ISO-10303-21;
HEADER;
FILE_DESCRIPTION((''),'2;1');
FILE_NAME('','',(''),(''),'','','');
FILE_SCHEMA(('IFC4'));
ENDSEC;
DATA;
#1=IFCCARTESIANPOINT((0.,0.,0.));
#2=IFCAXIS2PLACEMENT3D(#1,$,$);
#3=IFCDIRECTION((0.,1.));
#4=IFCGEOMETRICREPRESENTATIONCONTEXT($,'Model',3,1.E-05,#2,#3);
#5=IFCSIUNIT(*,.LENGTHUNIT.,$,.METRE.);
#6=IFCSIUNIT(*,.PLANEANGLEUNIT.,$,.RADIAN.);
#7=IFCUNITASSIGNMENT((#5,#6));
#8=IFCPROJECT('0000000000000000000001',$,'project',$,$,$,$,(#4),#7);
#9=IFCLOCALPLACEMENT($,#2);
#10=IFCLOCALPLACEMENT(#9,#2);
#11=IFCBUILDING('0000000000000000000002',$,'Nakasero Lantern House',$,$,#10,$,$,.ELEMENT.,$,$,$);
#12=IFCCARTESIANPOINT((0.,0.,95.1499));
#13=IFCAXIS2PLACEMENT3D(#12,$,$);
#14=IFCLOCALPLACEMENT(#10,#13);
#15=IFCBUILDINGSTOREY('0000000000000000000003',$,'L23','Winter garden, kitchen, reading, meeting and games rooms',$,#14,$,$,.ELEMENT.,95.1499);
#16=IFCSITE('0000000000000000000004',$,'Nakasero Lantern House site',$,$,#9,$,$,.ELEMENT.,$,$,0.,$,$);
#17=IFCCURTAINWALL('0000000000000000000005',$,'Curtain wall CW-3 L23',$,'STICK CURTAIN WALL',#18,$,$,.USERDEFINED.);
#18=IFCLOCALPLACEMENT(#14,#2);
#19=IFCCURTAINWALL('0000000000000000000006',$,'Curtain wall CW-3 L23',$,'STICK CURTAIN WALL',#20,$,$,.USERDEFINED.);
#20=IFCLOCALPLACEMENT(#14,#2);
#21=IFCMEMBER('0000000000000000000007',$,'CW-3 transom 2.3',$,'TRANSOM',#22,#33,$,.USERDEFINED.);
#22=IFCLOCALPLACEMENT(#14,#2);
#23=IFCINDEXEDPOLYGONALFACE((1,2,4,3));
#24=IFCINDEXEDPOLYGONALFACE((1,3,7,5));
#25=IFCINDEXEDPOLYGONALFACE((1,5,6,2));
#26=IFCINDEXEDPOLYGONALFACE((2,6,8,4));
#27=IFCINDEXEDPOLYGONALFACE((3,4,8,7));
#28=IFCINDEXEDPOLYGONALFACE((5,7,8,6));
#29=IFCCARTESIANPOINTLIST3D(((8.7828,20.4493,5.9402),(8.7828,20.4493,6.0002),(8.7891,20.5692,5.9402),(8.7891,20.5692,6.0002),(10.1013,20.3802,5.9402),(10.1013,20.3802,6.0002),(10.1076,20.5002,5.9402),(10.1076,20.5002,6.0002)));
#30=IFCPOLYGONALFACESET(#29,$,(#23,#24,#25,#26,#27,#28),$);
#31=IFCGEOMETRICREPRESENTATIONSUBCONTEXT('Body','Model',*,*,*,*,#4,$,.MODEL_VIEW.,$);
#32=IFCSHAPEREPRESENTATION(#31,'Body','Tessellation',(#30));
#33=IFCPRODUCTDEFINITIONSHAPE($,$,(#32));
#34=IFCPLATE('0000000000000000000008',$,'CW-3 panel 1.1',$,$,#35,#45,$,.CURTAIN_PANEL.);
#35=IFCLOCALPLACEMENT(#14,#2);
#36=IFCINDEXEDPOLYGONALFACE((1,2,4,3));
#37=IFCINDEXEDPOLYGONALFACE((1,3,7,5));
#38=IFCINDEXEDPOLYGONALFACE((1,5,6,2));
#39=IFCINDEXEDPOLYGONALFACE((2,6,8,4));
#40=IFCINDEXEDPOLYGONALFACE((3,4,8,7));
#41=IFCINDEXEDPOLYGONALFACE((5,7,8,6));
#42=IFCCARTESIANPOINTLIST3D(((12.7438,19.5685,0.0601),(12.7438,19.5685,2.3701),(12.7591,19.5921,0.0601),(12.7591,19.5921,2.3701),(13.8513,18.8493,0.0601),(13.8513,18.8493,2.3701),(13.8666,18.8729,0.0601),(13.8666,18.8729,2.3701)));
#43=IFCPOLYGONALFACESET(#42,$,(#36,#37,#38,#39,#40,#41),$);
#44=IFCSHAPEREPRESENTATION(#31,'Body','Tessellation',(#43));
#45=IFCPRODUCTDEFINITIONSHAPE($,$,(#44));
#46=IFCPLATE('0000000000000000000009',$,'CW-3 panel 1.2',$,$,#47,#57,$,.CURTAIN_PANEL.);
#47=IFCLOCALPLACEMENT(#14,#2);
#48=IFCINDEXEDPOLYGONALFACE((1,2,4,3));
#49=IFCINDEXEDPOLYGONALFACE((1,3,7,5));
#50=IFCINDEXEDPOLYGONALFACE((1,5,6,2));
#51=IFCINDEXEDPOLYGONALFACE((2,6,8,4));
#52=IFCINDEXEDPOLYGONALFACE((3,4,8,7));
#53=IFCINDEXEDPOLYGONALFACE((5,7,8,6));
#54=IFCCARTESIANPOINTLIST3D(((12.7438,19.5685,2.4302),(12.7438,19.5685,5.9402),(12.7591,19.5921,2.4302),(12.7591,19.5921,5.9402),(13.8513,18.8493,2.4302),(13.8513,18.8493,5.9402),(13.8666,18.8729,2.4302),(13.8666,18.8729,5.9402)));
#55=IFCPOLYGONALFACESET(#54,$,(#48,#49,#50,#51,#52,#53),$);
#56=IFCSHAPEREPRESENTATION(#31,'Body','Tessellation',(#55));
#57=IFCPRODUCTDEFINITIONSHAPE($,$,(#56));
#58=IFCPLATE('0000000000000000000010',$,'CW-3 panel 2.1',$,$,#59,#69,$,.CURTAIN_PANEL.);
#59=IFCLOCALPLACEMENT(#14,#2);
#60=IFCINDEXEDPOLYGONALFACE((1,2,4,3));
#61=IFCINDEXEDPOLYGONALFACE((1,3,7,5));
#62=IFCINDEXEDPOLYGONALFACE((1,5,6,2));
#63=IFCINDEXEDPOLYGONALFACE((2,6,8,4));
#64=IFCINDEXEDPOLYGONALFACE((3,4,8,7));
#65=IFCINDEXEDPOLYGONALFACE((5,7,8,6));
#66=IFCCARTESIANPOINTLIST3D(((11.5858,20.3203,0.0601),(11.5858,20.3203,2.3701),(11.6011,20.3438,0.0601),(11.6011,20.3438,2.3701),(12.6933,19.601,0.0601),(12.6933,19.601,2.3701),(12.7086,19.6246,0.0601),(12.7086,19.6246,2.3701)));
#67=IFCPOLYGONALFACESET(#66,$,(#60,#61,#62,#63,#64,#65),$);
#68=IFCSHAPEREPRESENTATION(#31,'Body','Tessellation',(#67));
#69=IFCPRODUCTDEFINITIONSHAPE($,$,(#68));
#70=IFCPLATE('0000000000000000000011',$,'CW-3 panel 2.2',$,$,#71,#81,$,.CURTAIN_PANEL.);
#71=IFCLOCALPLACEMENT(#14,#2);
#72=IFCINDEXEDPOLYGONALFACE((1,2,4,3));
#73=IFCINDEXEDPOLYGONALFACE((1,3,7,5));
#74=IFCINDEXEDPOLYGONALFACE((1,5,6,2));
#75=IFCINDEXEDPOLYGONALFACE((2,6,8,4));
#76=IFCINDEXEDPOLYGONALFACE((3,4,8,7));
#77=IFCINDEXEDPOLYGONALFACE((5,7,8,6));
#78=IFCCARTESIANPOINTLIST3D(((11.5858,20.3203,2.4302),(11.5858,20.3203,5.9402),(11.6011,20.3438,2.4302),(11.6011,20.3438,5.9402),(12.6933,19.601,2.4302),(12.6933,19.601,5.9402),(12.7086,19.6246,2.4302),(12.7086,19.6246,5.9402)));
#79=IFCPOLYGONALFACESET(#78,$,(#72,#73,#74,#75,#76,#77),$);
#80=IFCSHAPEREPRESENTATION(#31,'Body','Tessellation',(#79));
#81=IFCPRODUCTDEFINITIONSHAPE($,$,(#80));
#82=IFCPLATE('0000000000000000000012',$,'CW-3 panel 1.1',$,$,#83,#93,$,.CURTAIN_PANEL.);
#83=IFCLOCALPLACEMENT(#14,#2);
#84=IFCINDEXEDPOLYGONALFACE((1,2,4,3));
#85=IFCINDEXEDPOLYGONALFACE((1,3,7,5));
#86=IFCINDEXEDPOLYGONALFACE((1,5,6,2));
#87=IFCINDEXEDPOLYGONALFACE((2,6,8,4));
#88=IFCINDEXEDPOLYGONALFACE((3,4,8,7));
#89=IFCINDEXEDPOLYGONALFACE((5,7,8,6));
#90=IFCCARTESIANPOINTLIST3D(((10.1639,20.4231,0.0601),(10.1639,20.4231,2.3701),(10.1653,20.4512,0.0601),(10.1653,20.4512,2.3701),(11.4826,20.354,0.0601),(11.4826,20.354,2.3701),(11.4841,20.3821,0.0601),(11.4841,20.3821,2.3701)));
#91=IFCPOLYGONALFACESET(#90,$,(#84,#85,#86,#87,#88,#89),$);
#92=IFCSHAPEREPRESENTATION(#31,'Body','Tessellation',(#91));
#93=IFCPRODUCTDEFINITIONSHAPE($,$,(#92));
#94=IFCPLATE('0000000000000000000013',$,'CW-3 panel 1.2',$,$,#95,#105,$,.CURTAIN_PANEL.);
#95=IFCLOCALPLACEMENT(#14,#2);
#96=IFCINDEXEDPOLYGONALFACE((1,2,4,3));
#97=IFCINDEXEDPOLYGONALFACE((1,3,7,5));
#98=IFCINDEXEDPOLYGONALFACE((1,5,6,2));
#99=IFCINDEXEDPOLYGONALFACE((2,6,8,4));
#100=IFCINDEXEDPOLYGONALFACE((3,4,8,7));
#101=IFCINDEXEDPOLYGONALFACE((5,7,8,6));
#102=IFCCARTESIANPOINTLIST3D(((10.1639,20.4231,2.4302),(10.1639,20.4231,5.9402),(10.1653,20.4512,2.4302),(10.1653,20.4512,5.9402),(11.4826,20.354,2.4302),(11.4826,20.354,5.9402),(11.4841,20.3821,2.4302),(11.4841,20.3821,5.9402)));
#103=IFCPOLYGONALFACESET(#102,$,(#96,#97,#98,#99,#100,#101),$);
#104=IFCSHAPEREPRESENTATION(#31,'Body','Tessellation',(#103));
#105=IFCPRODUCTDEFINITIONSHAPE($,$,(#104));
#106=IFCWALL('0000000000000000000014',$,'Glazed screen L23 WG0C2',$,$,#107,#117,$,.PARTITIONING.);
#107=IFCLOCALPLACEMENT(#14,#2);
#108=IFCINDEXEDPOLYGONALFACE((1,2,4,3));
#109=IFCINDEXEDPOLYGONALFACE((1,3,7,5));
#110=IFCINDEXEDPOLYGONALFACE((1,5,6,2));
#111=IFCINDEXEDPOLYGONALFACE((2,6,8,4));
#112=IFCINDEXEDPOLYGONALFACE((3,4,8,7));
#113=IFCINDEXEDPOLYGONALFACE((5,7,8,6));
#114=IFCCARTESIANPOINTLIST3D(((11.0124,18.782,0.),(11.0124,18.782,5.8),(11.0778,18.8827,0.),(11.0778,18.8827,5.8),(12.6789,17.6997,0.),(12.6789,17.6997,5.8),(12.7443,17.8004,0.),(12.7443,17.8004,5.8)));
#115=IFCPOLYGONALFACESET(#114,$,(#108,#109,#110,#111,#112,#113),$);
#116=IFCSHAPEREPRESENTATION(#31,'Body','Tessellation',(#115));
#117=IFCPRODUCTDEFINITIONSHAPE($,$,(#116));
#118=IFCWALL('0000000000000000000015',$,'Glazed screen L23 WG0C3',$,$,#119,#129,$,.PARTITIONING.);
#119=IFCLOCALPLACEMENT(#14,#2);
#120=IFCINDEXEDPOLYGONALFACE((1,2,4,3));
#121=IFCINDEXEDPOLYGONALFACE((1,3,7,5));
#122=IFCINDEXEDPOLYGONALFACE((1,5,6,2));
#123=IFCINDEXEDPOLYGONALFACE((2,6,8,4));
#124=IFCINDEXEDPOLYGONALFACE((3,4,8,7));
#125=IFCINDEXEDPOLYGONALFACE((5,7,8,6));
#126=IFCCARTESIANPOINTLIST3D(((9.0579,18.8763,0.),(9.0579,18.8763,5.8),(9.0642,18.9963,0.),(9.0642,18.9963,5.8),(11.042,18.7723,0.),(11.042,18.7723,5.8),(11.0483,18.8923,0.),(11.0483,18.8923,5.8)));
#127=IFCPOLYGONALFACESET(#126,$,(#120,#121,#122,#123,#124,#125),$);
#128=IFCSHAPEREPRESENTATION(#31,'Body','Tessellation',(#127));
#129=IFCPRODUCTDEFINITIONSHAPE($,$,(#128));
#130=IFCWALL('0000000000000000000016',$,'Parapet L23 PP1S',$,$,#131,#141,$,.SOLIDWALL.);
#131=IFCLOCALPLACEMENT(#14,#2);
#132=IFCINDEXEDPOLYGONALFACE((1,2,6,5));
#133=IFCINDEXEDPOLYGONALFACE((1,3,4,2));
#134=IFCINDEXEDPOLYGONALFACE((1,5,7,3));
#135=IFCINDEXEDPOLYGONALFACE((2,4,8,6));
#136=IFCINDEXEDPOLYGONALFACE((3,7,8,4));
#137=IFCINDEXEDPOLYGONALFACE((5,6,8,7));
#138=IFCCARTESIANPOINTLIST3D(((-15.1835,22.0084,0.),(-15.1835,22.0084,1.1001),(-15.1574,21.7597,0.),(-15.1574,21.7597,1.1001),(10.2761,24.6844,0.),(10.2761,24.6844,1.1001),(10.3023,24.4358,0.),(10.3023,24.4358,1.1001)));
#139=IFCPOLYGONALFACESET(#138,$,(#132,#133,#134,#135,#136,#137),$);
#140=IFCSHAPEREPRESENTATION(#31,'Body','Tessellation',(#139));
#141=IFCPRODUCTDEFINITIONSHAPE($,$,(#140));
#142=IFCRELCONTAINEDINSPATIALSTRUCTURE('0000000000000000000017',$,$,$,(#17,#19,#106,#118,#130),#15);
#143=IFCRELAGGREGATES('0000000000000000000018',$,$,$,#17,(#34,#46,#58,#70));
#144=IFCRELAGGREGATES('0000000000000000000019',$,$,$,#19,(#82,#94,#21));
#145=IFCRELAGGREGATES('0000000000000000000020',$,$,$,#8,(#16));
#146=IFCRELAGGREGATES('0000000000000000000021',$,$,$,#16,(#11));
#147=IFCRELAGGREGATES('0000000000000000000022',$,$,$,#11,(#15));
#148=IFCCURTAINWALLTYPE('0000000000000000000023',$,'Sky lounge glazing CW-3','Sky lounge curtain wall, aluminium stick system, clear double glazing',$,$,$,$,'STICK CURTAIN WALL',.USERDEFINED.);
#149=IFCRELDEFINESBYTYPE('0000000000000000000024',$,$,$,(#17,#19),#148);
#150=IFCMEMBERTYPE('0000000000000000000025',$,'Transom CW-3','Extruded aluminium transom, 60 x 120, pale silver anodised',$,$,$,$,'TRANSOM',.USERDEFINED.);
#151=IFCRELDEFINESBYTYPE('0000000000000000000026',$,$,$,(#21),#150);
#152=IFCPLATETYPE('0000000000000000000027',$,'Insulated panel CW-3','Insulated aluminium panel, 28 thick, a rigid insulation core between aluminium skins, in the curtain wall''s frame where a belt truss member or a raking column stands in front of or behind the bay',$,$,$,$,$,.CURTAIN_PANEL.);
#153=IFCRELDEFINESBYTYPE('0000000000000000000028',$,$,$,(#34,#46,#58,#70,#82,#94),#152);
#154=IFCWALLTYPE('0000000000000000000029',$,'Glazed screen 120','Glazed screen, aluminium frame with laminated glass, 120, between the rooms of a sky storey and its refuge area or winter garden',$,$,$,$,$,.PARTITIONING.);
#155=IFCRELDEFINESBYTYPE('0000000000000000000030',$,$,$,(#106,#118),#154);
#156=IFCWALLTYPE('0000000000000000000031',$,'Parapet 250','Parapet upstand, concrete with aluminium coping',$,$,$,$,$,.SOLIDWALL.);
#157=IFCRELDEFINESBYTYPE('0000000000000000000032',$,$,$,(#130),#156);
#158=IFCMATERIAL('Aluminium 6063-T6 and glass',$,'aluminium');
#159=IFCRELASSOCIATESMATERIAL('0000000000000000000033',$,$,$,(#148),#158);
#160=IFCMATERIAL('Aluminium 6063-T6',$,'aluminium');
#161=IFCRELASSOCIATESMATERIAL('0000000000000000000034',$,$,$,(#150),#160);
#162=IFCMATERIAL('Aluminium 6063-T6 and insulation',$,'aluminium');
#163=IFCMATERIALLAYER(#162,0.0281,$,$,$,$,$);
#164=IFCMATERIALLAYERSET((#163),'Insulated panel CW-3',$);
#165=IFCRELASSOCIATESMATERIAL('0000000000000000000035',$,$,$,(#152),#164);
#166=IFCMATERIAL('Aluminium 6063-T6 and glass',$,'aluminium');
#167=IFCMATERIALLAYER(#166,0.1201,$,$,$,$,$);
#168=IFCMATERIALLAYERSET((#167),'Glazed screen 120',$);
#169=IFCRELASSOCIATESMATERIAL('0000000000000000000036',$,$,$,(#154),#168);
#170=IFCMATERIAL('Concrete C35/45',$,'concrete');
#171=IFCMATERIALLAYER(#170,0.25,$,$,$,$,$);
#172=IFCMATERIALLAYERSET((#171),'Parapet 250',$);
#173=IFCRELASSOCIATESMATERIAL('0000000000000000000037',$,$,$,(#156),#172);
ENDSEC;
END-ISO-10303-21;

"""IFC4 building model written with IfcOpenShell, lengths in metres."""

from ifc_helpers import new_model, si_unit, direction, frame, frame_2d, origin, origin_2d, place, context, subcontext, project, spatial, rectangle, extrude, material, layer, layer_set, material_profile, profile_set, type_object, element, aggregate, save


model = new_model("IFC4")

# Units and contexts
model_context = context("Model", 3, precision=1e-05, world=origin(), true_north=direction((0.0, 1.0)))
body_context = subcontext(model_context, "Body", "Model", "MODEL_VIEW")
ifc_project = project(units=[si_unit("LENGTHUNIT", "METRE"), si_unit("PLANEANGLEUNIT", "RADIAN")], contexts=[model_context])

# Site, building, storey
site_placement = place(None, origin())
site = spatial("IfcSite", under=ifc_project, at=site_placement, Name="Nakasero Lantern House site", CompositionType="ELEMENT", RefElevation=0.0)
building_placement = place(site_placement, origin())
building = spatial("IfcBuilding", under=site, at=building_placement, Name="Nakasero Lantern House", CompositionType="ELEMENT")
storey_placement = place(building_placement, frame((0.0, 0.0, 95.1499)))
storey = spatial("IfcBuildingStorey", under=building, at=storey_placement, Name="L23", Description="Winter garden, kitchen, reading, meeting and games rooms", CompositionType="ELEMENT", Elevation=95.1499)

# Curtain walls
ifc_material_1 = material(Name="Aluminium 6063-T6 and glass", Category="aluminium")
curtain_wall_type = type_object("IfcCurtainWallType", Name="Sky lounge glazing CW-3", Description="Sky lounge curtain wall, aluminium stick system, clear double glazing", ElementType="STICK CURTAIN WALL", PredefinedType="USERDEFINED", material=ifc_material_1)
curtain_wall_1_placement = place(storey_placement, origin())
curtain_wall_1 = element("IfcCurtainWall", 1, at=curtain_wall_1_placement, inside=storey, type_object=curtain_wall_type, Name="Curtain wall CW-3 L23", ObjectType="STICK CURTAIN WALL", PredefinedType="USERDEFINED")
curtain_wall_2_placement = place(storey_placement, origin())
curtain_wall_2 = element("IfcCurtainWall", 2, at=curtain_wall_2_placement, inside=storey, type_object=curtain_wall_type, Name="Curtain wall CW-3 L23", ObjectType="STICK CURTAIN WALL", PredefinedType="USERDEFINED")

# Member
ifc_material_2 = material(Name="Aluminium 6063-T6", Category="aluminium")
ifc_material_profile_1 = material_profile(ifc_material_2, rectangle(XDim=0.0601, YDim=0.1201, at=origin_2d()), Name="CW-3 transom 60x120")
ifc_profile_set_1 = profile_set([ifc_material_profile_1], Name="Aluminium 6063-T6")
member_type_1 = type_object("IfcMemberType", Name="Transom CW-3", Description="Extruded aluminium transom, 60 x 120, pale silver anodised", ElementType="TRANSOM", PredefinedType="USERDEFINED", material=ifc_profile_set_1)
member_1_placement = place(storey_placement, frame((10.1045, 20.4402, 5.9702), z_axis=(-0.99863, 0.052326, 0.0), x_axis=(0.0, 0.0, 1.0)))
member_1 = element("IfcMember", 3, at=member_1_placement, type_object=member_type_1, Name="CW-3 transom 2.3", ObjectType="TRANSOM", PredefinedType="USERDEFINED", context=body_context, shape_type="SweptSolid", body=[
    extrude(rectangle(XDim=0.0601, YDim=0.1201, at=origin_2d()), origin(), (0.0, 0.0, 1.0), 1.3203),
])

# Plates
ifc_material_3 = material(Name="Aluminium 6063-T6 and insulation", Category="aluminium")
ifc_layer_1 = layer(ifc_material_3, 0.0281)
ifc_layer_set_1 = layer_set([ifc_layer_1], Name="Insulated panel CW-3")
plate_type = type_object("IfcPlateType", Name="Insulated panel CW-3", Description="Insulated aluminium panel, 28 thick, a rigid insulation core between aluminium skins, in the curtain wall's frame where a belt truss member or a raking column stands in front of or behind the bay", PredefinedType="CURTAIN_PANEL", material=ifc_layer_set_1)
plate_1_placement = place(storey_placement, frame((13.3052, 19.2207, 0.0601), z_axis=(0.0, 0.0, 1.0), x_axis=(-0.838671, 0.544639, 0.0)))
plate_1 = element("IfcPlate", 4, at=plate_1_placement, type_object=plate_type, Name="CW-3 panel 1.1", PredefinedType="CURTAIN_PANEL", context=body_context, shape_type="SweptSolid", body=[
    extrude(rectangle(XDim=1.3206, YDim=0.0281, at=origin_2d()), origin(), (0.0, 0.0, 1.0), 2.3101),
])
plate_2_placement = place(storey_placement, frame((13.3052, 19.2207, 2.4302), z_axis=(0.0, 0.0, 1.0), x_axis=(-0.838671, 0.544639, 0.0)))
plate_2 = element("IfcPlate", 5, at=plate_2_placement, type_object=plate_type, Name="CW-3 panel 1.2", PredefinedType="CURTAIN_PANEL", context=body_context, shape_type="SweptSolid", body=[
    extrude(rectangle(XDim=1.3206, YDim=0.0281, at=origin_2d()), origin(), (0.0, 0.0, 1.0), 3.51),
])
plate_3_placement = place(storey_placement, frame((12.1472, 19.9724, 0.0601), z_axis=(0.0, 0.0, 1.0), x_axis=(-0.838671, 0.544639, 0.0)))
plate_3 = element("IfcPlate", 6, at=plate_3_placement, type_object=plate_type, Name="CW-3 panel 2.1", PredefinedType="CURTAIN_PANEL", context=body_context, shape_type="SweptSolid", body=[
    extrude(rectangle(XDim=1.3206, YDim=0.0281, at=origin_2d()), origin(), (0.0, 0.0, 1.0), 2.3101),
])
plate_4_placement = place(storey_placement, frame((12.1472, 19.9724, 2.4302), z_axis=(0.0, 0.0, 1.0), x_axis=(-0.838671, 0.544639, 0.0)))
plate_4 = element("IfcPlate", 7, at=plate_4_placement, type_object=plate_type, Name="CW-3 panel 2.2", PredefinedType="CURTAIN_PANEL", context=body_context, shape_type="SweptSolid", body=[
    extrude(rectangle(XDim=1.3206, YDim=0.0281, at=origin_2d()), origin(), (0.0, 0.0, 1.0), 3.51),
])
aggregate(curtain_wall_1, [plate_1, plate_2, plate_3, plate_4])
plate_5_placement = place(storey_placement, frame((10.824, 20.4026, 0.0601), z_axis=(0.0, 0.0, 1.0), x_axis=(-0.99863, 0.052336, 0.0)))
plate_5 = element("IfcPlate", 8, at=plate_5_placement, type_object=plate_type, Name="CW-3 panel 1.1", PredefinedType="CURTAIN_PANEL", context=body_context, shape_type="SweptSolid", body=[
    extrude(rectangle(XDim=1.3206, YDim=0.0281, at=origin_2d()), origin(), (0.0, 0.0, 1.0), 2.3101),
])
plate_6_placement = place(storey_placement, frame((10.824, 20.4026, 2.4302), z_axis=(0.0, 0.0, 1.0), x_axis=(-0.99863, 0.052336, 0.0)))
plate_6 = element("IfcPlate", 9, at=plate_6_placement, type_object=plate_type, Name="CW-3 panel 1.2", PredefinedType="CURTAIN_PANEL", context=body_context, shape_type="SweptSolid", body=[
    extrude(rectangle(XDim=1.3206, YDim=0.0281, at=origin_2d()), origin(), (0.0, 0.0, 1.0), 3.51),
])
aggregate(curtain_wall_2, [plate_5, plate_6, member_1])

# Walls
ifc_material_4 = material(Name="Aluminium 6063-T6 and glass", Category="aluminium")
ifc_layer_2 = layer(ifc_material_4, 0.1201)
ifc_layer_set_2 = layer_set([ifc_layer_2], Name="Glazed screen 120")
wall_type_1 = type_object("IfcWallType", Name="Glazed screen 120", Description="Glazed screen, aluminium frame with laminated glass, 120, between the rooms of a sky storey and its refuge area or winter garden", PredefinedType="PARTITIONING", material=ifc_layer_set_2)
wall_1_placement = place(storey_placement, frame((12.7117, 17.75, 0.0), z_axis=(0.0, 0.0, 1.0), x_axis=(-0.838662, 0.544651, 0.0)))
element("IfcWall", 10, at=wall_1_placement, inside=storey, type_object=wall_type_1, Name="Glazed screen L23 WG0C2", PredefinedType="PARTITIONING", context=body_context, shape_type="SweptSolid", body=[
    extrude(rectangle(XDim=1.9871, YDim=0.1201, at=frame_2d((0.9937, 0.0))), origin(), (0.0, 0.0, 1.0), 5.8),
])
wall_2_placement = place(storey_placement, frame((11.0452, 18.8323, 0.0), z_axis=(0.0, 0.0, 1.0), x_axis=(-0.998629, 0.052346, 0.0)))
element("IfcWall", 11, at=wall_2_placement, inside=storey, type_object=wall_type_1, Name="Glazed screen L23 WG0C3", PredefinedType="PARTITIONING", context=body_context, shape_type="SweptSolid", body=[
    extrude(rectangle(XDim=1.9868, YDim=0.1201, at=frame_2d((0.9934, 0.0))), origin(), (0.0, 0.0, 1.0), 5.8),
])
ifc_material_5 = material(Name="Concrete C35/45", Category="concrete")
ifc_layer_3 = layer(ifc_material_5, 0.25)
ifc_layer_set_3 = layer_set([ifc_layer_3], Name="Parapet 250")
wall_type_2 = type_object("IfcWallType", Name="Parapet 250", Description="Parapet upstand, concrete with aluminium coping", PredefinedType="SOLIDWALL", material=ifc_layer_set_3)
wall_3_placement = place(storey_placement, frame((10.2891, 24.5601, 0.0), z_axis=(0.0, 0.0, 1.0), x_axis=(-0.994521, -0.104532, 0.0)))
element("IfcWall", 12, at=wall_3_placement, inside=storey, type_object=wall_type_2, Name="Parapet L23 PP1S", PredefinedType="SOLIDWALL", context=body_context, shape_type="SweptSolid", body=[
    extrude(rectangle(XDim=25.5999, YDim=0.25, at=frame_2d((12.7998, 0.0))), origin(), (0.0, 0.0, 1.0), 1.1001),
])

save(model, "model.ifc")
